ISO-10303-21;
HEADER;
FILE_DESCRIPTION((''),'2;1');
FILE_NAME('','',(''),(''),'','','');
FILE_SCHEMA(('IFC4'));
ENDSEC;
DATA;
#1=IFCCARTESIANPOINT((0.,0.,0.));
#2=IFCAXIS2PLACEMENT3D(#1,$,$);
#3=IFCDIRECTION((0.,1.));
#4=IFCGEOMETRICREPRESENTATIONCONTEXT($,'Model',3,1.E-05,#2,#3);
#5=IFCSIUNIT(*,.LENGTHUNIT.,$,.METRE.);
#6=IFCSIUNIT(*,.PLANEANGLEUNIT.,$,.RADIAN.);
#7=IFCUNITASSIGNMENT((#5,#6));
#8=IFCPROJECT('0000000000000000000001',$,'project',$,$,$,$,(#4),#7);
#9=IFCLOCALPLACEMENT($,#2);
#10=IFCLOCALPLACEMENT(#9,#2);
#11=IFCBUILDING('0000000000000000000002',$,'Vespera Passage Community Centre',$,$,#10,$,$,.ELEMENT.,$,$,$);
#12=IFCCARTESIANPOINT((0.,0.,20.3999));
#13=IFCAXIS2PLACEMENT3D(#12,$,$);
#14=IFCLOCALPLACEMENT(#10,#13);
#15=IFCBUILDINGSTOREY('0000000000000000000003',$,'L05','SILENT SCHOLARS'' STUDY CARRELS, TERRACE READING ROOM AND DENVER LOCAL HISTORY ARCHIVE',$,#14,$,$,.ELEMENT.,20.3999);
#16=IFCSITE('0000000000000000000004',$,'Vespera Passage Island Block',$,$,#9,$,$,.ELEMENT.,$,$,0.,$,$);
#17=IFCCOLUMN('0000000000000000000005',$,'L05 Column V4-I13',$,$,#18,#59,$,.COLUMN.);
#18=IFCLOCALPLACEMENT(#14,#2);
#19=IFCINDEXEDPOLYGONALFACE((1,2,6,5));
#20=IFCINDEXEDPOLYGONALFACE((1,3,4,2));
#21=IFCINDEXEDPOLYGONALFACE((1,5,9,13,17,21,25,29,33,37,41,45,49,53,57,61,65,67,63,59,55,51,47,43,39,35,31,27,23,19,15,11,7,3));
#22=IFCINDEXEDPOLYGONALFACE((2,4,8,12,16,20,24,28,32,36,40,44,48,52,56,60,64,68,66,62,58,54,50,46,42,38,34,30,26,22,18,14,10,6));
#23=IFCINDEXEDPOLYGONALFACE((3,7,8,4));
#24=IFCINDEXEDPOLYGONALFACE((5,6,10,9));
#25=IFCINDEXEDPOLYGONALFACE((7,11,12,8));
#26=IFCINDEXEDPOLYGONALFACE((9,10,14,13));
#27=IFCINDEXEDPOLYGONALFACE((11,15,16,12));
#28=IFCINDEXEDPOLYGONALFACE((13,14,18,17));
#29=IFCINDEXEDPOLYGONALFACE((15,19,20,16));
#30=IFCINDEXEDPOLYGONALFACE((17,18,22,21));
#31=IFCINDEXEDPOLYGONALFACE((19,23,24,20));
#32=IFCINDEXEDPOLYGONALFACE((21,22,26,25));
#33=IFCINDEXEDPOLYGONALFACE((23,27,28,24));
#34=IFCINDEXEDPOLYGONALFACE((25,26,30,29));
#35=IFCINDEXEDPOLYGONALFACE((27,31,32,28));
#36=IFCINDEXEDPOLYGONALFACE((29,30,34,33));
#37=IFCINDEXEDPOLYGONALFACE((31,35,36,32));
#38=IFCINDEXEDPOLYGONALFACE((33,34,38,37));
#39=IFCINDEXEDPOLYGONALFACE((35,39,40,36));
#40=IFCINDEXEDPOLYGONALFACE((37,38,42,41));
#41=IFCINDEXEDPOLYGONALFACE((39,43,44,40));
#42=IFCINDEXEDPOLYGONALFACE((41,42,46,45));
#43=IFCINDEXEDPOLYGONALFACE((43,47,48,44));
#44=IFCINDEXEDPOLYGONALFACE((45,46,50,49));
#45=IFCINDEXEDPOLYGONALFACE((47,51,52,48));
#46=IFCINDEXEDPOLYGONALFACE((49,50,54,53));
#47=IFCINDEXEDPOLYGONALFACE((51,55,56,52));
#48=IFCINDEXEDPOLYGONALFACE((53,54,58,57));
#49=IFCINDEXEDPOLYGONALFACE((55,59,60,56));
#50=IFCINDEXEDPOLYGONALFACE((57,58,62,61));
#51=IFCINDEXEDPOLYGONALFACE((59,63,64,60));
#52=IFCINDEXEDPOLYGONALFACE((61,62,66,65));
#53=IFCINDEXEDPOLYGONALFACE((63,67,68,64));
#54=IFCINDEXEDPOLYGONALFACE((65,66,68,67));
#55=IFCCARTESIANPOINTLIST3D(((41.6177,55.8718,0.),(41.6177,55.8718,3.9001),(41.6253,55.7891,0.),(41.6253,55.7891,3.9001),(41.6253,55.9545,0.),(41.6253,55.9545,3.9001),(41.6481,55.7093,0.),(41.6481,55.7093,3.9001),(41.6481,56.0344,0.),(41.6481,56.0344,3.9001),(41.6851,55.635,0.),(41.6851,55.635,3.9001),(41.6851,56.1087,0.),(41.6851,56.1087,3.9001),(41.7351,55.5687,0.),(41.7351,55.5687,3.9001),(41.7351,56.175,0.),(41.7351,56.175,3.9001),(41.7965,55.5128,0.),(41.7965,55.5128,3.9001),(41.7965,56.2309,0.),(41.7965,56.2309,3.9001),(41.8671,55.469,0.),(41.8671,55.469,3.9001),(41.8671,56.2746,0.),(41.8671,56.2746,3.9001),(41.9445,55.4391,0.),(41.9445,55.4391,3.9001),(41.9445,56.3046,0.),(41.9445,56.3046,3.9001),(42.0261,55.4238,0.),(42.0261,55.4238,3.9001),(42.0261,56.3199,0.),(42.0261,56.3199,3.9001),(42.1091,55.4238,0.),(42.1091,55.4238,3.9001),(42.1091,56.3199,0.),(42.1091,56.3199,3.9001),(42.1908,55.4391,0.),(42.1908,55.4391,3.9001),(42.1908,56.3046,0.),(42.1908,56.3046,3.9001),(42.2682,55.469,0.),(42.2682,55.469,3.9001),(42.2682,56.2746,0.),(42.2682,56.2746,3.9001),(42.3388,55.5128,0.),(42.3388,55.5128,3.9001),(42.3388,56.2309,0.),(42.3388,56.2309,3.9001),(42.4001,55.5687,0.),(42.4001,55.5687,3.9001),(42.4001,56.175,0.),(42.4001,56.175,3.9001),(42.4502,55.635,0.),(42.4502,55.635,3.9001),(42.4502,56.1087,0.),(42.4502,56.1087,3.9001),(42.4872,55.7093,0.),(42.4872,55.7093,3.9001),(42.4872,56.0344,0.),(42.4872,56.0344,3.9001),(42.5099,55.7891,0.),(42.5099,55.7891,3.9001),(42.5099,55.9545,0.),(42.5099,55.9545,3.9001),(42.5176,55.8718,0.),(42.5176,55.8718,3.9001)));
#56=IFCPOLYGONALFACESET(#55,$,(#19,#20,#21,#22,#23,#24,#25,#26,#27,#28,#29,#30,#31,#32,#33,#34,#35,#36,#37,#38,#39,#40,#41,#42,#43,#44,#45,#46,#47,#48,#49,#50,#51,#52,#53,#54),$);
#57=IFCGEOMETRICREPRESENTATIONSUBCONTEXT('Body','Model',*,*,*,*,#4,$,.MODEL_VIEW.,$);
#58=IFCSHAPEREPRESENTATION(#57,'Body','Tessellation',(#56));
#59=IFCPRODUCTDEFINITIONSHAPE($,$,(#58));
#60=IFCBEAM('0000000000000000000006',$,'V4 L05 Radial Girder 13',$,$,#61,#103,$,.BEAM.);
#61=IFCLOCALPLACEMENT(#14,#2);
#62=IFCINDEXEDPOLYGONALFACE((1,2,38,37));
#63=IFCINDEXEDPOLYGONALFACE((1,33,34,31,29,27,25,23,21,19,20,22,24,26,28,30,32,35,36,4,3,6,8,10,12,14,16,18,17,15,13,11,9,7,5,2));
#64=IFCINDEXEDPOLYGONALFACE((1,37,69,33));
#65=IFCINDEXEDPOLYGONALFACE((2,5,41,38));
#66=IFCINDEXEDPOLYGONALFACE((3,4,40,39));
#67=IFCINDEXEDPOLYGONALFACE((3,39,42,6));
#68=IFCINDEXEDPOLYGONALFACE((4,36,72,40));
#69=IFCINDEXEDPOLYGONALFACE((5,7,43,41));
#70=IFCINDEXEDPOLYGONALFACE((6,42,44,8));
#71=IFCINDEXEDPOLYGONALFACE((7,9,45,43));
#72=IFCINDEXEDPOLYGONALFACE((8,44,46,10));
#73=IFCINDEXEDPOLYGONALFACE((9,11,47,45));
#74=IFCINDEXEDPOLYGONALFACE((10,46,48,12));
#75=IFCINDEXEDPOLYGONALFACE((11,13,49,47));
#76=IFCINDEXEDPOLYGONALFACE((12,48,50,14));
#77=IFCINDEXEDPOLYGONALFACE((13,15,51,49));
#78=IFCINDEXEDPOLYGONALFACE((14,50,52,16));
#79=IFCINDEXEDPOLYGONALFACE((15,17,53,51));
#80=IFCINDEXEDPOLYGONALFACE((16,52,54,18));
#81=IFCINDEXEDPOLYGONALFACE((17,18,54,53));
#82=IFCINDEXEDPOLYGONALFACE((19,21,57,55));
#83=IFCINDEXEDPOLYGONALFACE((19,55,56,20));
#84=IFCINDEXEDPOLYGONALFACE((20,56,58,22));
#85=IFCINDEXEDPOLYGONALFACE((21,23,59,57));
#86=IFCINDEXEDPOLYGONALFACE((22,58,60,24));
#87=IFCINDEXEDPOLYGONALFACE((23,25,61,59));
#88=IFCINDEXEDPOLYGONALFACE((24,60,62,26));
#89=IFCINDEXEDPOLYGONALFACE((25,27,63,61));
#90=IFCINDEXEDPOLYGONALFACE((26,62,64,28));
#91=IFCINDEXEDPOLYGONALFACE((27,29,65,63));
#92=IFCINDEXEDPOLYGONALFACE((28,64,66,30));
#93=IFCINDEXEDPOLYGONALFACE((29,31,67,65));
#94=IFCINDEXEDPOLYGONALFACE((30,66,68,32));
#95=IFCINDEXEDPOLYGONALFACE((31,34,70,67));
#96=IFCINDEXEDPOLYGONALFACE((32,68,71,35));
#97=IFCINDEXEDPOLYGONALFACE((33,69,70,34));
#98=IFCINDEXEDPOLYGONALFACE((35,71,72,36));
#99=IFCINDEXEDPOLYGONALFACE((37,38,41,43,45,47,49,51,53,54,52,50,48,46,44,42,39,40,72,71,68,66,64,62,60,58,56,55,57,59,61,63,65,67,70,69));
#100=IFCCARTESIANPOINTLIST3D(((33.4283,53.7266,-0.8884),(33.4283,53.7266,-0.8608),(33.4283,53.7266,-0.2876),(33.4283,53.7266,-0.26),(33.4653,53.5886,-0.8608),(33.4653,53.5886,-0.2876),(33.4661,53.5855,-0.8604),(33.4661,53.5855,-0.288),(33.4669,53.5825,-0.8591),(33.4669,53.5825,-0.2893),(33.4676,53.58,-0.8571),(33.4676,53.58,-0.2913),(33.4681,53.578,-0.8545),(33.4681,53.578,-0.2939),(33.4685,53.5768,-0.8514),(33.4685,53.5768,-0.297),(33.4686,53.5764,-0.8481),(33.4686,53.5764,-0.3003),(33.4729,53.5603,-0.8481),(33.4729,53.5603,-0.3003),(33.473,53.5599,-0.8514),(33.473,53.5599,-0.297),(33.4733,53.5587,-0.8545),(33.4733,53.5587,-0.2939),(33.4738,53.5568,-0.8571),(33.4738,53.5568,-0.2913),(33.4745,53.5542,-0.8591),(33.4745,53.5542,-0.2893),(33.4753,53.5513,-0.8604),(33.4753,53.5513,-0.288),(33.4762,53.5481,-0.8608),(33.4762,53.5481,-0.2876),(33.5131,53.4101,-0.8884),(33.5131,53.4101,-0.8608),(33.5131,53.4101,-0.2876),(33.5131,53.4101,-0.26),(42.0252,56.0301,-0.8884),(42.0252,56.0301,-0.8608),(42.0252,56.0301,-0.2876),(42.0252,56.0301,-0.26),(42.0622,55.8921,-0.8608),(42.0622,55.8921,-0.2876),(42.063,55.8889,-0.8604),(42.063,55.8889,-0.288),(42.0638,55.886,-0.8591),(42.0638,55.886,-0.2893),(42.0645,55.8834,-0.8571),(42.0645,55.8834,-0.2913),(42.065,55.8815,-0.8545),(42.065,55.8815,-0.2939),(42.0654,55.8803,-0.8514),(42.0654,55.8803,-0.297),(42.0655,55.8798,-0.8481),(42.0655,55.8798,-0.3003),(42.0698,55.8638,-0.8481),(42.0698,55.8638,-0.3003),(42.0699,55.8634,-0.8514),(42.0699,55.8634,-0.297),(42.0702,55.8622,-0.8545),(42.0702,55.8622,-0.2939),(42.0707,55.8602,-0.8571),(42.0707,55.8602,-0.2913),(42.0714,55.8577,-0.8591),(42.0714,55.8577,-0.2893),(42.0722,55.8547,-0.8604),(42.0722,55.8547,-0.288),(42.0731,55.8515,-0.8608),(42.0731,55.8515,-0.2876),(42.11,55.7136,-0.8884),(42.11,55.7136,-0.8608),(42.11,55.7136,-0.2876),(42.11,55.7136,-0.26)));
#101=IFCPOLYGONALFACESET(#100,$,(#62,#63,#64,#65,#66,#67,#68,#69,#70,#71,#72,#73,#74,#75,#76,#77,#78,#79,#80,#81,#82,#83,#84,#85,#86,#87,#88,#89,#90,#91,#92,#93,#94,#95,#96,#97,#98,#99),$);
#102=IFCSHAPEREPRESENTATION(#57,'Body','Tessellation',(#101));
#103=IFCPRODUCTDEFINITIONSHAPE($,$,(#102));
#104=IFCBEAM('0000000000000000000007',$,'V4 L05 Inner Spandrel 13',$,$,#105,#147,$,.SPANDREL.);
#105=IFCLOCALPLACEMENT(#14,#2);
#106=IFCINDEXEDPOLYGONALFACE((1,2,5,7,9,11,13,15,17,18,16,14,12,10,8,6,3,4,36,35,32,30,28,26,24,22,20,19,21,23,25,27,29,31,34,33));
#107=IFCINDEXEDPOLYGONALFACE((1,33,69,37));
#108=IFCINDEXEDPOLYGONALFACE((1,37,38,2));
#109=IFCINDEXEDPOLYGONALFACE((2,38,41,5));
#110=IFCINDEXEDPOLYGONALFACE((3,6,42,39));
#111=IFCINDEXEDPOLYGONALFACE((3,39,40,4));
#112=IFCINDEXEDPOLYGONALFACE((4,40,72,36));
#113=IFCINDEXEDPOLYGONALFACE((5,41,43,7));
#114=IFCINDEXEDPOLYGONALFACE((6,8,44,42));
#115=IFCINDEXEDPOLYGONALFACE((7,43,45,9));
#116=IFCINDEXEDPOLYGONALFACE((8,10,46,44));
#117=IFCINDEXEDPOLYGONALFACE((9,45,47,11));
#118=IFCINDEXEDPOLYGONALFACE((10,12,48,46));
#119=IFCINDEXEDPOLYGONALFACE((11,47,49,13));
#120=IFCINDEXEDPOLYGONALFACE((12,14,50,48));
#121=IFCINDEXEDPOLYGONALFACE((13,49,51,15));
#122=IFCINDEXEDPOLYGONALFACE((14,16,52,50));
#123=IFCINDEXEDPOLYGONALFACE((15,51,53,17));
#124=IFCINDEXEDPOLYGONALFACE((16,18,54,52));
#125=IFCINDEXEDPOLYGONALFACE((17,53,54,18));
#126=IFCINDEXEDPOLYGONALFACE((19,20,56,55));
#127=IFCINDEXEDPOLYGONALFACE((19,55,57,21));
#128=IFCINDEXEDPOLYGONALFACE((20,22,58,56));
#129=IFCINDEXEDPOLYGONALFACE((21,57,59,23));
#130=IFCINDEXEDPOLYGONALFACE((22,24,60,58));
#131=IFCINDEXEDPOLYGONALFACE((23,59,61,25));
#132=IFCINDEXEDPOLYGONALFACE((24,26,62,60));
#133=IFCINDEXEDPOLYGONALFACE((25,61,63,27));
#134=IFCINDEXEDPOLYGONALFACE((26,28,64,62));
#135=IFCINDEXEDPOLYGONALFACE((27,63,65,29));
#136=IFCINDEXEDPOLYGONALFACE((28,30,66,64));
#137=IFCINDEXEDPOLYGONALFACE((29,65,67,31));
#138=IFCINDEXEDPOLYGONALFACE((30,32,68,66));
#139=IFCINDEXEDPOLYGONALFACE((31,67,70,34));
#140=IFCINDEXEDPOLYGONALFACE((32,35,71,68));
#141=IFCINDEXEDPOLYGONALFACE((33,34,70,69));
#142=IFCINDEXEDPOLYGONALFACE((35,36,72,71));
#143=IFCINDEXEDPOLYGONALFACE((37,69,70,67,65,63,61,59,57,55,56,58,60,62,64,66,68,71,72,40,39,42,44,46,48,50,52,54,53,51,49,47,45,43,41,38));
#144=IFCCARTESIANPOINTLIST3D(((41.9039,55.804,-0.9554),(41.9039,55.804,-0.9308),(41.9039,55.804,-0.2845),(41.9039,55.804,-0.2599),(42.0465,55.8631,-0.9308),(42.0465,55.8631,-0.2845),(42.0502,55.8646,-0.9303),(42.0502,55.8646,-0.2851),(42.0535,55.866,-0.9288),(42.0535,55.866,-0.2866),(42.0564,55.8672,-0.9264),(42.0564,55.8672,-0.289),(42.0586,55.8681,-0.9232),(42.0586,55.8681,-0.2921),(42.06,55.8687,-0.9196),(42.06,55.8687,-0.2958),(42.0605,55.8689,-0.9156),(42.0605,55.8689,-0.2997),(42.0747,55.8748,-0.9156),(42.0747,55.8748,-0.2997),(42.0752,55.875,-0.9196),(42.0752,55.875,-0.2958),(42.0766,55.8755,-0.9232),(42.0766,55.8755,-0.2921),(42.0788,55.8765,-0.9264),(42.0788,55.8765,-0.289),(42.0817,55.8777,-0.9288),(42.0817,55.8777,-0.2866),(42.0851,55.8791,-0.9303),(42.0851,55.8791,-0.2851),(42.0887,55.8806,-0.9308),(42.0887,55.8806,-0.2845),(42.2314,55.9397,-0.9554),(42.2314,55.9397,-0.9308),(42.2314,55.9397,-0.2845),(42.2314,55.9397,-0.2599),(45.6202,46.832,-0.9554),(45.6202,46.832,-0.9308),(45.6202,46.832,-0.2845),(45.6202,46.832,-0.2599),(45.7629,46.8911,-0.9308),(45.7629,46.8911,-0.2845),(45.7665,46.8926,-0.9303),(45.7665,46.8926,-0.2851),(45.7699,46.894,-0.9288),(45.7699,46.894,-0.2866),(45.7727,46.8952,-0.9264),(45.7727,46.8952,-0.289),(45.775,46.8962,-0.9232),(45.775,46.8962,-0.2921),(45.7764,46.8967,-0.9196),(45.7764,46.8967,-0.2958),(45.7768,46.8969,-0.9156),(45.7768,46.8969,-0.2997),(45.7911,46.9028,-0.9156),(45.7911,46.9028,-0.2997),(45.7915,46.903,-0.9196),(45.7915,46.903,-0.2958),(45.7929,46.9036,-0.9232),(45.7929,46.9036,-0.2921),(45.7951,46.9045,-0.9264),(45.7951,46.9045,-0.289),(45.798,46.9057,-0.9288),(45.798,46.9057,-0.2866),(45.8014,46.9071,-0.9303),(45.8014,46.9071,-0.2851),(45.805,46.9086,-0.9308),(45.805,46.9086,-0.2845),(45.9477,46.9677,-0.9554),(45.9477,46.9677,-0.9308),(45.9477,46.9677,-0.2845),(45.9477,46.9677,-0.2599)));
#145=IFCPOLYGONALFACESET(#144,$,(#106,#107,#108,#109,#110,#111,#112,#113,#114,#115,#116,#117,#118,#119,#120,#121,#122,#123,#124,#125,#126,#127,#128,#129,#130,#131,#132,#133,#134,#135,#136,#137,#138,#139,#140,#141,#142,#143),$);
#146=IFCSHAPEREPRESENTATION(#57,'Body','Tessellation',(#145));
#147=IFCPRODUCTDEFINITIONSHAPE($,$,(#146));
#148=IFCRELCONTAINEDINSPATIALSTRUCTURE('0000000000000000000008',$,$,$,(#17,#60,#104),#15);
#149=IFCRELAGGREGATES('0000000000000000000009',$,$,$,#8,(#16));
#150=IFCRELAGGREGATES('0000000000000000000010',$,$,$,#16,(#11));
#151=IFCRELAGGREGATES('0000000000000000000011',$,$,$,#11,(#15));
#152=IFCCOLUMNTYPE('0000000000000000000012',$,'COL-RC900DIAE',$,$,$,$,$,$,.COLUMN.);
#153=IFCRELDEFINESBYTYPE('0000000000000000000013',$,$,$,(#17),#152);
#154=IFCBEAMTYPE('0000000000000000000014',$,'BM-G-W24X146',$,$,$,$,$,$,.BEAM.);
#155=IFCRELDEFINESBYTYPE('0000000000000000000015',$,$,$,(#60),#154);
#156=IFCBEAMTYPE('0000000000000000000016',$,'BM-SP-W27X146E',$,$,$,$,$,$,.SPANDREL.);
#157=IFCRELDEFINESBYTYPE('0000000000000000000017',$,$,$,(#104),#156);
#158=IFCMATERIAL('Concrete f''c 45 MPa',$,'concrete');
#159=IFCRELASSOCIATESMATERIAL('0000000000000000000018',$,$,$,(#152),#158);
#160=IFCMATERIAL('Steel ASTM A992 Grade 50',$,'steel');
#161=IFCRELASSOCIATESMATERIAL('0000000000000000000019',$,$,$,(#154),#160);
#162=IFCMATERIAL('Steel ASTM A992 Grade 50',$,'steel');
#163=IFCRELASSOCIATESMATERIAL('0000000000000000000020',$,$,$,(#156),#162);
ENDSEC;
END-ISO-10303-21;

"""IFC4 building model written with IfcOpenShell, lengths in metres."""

from ifc_helpers import new_model, si_unit, direction, frame, origin, origin_2d, place, context, subcontext, project, spatial, circle, i_section, extrude, material, material_profile, profile_set, type_object, element, save


model = new_model("IFC4")

# Units and contexts
model_context = context("Model", 3, precision=1e-05, world=origin(), true_north=direction((0.0, 1.0)))
body_context = subcontext(model_context, "Body", "Model", "MODEL_VIEW")
ifc_project = project(units=[si_unit("LENGTHUNIT", "METRE"), si_unit("PLANEANGLEUNIT", "RADIAN")], contexts=[model_context])

# Site, building, storey
site_placement = place(None, origin())
site = spatial("IfcSite", under=ifc_project, at=site_placement, Name="Vespera Passage Island Block", CompositionType="ELEMENT", RefElevation=0.0)
building_placement = place(site_placement, origin())
building = spatial("IfcBuilding", under=site, at=building_placement, Name="Vespera Passage Community Centre", CompositionType="ELEMENT")
storey_placement = place(building_placement, frame((0.0, 0.0, 20.3999)))
storey = spatial("IfcBuildingStorey", under=building, at=storey_placement, Name="L05", Description="SILENT SCHOLARS' STUDY CARRELS, TERRACE READING ROOM AND DENVER LOCAL HISTORY ARCHIVE", CompositionType="ELEMENT", Elevation=20.3999)

# Column
ifc_material_1 = material(Name="Concrete f'c 45 MPa", Category="concrete")
ifc_material_profile_1 = material_profile(ifc_material_1, circle(Radius=0.45, at=origin_2d()), Name="RC900DIA")
ifc_profile_set_1 = profile_set([ifc_material_profile_1], Name="Concrete f'c 45 MPa")
column_type = type_object("IfcColumnType", Name="COL-RC900DIAE", PredefinedType="COLUMN", material=ifc_profile_set_1)
column_placement = place(storey_placement, frame((42.0676, 55.8718, 0.0), z_axis=(0.0, 0.0, 1.0), x_axis=(1.0, 0.0, 0.0)))
element("IfcColumn", 1, at=column_placement, inside=storey, type_object=column_type, Name="L05 Column V4-I13", PredefinedType="COLUMN", context=body_context, shape_type="SweptSolid", body=[
    extrude(circle(Radius=0.45, at=origin_2d()), origin(), (0.0, 0.0, 1.0), 3.9001),
])

# Beams
ifc_material_2 = material(Name="Steel ASTM A992 Grade 50", Category="steel")
ifc_material_profile_2 = material_profile(ifc_material_2, i_section(OverallWidth=0.3276, OverallDepth=0.6284, WebThickness=0.0166, FlangeThickness=0.0276, FilletRadius=0.0127, at=origin_2d()), Name="W24X146")
ifc_profile_set_2 = profile_set([ifc_material_profile_2], Name="Steel ASTM A992 Grade 50")
beam_type_1 = type_object("IfcBeamType", Name="BM-G-W24X146", PredefinedType="BEAM", material=ifc_profile_set_2)
beam_1_placement = place(storey_placement, frame((42.0676, 55.8718, -0.5742), z_axis=(-0.965928, -0.258811, 0.0), x_axis=(0.258811, -0.965928, 0.0)))
element("IfcBeam", 2, at=beam_1_placement, inside=storey, type_object=beam_type_1, Name="V4 L05 Radial Girder 13", PredefinedType="BEAM", context=body_context, shape_type="SweptSolid", body=[
    extrude(i_section(OverallWidth=0.3276, OverallDepth=0.6284, WebThickness=0.0166, FlangeThickness=0.0276, FilletRadius=0.0127, at=origin_2d()), origin(), (0.0, 0.0, 1.0), 8.9001),
])
ifc_material_3 = material(Name="Steel ASTM A992 Grade 50", Category="steel")
ifc_material_profile_3 = material_profile(ifc_material_3, i_section(OverallWidth=0.3545, OverallDepth=0.6956, WebThickness=0.0154, FlangeThickness=0.0247, FilletRadius=0.0151, at=origin_2d()), Name="W27X146")
ifc_profile_set_3 = profile_set([ifc_material_profile_3], Name="Steel ASTM A992 Grade 50")
beam_type_2 = type_object("IfcBeamType", Name="BM-SP-W27X146E", PredefinedType="SPANDREL", material=ifc_profile_set_3)
beam_2_placement = place(storey_placement, frame((42.0676, 55.8718, -0.6077), z_axis=(0.382685, -0.923879, 0.0), x_axis=(0.923879, 0.382685, 0.0)))
element("IfcBeam", 3, at=beam_2_placement, inside=storey, type_object=beam_type_2, Name="V4 L05 Inner Spandrel 13", PredefinedType="SPANDREL", context=body_context, shape_type="SweptSolid", body=[
    extrude(i_section(OverallWidth=0.3545, OverallDepth=0.6956, WebThickness=0.0154, FlangeThickness=0.0247, FilletRadius=0.0151, at=origin_2d()), origin(), (0.0, 0.0, 1.0), 9.7112),
])

save(model, "model.ifc")
